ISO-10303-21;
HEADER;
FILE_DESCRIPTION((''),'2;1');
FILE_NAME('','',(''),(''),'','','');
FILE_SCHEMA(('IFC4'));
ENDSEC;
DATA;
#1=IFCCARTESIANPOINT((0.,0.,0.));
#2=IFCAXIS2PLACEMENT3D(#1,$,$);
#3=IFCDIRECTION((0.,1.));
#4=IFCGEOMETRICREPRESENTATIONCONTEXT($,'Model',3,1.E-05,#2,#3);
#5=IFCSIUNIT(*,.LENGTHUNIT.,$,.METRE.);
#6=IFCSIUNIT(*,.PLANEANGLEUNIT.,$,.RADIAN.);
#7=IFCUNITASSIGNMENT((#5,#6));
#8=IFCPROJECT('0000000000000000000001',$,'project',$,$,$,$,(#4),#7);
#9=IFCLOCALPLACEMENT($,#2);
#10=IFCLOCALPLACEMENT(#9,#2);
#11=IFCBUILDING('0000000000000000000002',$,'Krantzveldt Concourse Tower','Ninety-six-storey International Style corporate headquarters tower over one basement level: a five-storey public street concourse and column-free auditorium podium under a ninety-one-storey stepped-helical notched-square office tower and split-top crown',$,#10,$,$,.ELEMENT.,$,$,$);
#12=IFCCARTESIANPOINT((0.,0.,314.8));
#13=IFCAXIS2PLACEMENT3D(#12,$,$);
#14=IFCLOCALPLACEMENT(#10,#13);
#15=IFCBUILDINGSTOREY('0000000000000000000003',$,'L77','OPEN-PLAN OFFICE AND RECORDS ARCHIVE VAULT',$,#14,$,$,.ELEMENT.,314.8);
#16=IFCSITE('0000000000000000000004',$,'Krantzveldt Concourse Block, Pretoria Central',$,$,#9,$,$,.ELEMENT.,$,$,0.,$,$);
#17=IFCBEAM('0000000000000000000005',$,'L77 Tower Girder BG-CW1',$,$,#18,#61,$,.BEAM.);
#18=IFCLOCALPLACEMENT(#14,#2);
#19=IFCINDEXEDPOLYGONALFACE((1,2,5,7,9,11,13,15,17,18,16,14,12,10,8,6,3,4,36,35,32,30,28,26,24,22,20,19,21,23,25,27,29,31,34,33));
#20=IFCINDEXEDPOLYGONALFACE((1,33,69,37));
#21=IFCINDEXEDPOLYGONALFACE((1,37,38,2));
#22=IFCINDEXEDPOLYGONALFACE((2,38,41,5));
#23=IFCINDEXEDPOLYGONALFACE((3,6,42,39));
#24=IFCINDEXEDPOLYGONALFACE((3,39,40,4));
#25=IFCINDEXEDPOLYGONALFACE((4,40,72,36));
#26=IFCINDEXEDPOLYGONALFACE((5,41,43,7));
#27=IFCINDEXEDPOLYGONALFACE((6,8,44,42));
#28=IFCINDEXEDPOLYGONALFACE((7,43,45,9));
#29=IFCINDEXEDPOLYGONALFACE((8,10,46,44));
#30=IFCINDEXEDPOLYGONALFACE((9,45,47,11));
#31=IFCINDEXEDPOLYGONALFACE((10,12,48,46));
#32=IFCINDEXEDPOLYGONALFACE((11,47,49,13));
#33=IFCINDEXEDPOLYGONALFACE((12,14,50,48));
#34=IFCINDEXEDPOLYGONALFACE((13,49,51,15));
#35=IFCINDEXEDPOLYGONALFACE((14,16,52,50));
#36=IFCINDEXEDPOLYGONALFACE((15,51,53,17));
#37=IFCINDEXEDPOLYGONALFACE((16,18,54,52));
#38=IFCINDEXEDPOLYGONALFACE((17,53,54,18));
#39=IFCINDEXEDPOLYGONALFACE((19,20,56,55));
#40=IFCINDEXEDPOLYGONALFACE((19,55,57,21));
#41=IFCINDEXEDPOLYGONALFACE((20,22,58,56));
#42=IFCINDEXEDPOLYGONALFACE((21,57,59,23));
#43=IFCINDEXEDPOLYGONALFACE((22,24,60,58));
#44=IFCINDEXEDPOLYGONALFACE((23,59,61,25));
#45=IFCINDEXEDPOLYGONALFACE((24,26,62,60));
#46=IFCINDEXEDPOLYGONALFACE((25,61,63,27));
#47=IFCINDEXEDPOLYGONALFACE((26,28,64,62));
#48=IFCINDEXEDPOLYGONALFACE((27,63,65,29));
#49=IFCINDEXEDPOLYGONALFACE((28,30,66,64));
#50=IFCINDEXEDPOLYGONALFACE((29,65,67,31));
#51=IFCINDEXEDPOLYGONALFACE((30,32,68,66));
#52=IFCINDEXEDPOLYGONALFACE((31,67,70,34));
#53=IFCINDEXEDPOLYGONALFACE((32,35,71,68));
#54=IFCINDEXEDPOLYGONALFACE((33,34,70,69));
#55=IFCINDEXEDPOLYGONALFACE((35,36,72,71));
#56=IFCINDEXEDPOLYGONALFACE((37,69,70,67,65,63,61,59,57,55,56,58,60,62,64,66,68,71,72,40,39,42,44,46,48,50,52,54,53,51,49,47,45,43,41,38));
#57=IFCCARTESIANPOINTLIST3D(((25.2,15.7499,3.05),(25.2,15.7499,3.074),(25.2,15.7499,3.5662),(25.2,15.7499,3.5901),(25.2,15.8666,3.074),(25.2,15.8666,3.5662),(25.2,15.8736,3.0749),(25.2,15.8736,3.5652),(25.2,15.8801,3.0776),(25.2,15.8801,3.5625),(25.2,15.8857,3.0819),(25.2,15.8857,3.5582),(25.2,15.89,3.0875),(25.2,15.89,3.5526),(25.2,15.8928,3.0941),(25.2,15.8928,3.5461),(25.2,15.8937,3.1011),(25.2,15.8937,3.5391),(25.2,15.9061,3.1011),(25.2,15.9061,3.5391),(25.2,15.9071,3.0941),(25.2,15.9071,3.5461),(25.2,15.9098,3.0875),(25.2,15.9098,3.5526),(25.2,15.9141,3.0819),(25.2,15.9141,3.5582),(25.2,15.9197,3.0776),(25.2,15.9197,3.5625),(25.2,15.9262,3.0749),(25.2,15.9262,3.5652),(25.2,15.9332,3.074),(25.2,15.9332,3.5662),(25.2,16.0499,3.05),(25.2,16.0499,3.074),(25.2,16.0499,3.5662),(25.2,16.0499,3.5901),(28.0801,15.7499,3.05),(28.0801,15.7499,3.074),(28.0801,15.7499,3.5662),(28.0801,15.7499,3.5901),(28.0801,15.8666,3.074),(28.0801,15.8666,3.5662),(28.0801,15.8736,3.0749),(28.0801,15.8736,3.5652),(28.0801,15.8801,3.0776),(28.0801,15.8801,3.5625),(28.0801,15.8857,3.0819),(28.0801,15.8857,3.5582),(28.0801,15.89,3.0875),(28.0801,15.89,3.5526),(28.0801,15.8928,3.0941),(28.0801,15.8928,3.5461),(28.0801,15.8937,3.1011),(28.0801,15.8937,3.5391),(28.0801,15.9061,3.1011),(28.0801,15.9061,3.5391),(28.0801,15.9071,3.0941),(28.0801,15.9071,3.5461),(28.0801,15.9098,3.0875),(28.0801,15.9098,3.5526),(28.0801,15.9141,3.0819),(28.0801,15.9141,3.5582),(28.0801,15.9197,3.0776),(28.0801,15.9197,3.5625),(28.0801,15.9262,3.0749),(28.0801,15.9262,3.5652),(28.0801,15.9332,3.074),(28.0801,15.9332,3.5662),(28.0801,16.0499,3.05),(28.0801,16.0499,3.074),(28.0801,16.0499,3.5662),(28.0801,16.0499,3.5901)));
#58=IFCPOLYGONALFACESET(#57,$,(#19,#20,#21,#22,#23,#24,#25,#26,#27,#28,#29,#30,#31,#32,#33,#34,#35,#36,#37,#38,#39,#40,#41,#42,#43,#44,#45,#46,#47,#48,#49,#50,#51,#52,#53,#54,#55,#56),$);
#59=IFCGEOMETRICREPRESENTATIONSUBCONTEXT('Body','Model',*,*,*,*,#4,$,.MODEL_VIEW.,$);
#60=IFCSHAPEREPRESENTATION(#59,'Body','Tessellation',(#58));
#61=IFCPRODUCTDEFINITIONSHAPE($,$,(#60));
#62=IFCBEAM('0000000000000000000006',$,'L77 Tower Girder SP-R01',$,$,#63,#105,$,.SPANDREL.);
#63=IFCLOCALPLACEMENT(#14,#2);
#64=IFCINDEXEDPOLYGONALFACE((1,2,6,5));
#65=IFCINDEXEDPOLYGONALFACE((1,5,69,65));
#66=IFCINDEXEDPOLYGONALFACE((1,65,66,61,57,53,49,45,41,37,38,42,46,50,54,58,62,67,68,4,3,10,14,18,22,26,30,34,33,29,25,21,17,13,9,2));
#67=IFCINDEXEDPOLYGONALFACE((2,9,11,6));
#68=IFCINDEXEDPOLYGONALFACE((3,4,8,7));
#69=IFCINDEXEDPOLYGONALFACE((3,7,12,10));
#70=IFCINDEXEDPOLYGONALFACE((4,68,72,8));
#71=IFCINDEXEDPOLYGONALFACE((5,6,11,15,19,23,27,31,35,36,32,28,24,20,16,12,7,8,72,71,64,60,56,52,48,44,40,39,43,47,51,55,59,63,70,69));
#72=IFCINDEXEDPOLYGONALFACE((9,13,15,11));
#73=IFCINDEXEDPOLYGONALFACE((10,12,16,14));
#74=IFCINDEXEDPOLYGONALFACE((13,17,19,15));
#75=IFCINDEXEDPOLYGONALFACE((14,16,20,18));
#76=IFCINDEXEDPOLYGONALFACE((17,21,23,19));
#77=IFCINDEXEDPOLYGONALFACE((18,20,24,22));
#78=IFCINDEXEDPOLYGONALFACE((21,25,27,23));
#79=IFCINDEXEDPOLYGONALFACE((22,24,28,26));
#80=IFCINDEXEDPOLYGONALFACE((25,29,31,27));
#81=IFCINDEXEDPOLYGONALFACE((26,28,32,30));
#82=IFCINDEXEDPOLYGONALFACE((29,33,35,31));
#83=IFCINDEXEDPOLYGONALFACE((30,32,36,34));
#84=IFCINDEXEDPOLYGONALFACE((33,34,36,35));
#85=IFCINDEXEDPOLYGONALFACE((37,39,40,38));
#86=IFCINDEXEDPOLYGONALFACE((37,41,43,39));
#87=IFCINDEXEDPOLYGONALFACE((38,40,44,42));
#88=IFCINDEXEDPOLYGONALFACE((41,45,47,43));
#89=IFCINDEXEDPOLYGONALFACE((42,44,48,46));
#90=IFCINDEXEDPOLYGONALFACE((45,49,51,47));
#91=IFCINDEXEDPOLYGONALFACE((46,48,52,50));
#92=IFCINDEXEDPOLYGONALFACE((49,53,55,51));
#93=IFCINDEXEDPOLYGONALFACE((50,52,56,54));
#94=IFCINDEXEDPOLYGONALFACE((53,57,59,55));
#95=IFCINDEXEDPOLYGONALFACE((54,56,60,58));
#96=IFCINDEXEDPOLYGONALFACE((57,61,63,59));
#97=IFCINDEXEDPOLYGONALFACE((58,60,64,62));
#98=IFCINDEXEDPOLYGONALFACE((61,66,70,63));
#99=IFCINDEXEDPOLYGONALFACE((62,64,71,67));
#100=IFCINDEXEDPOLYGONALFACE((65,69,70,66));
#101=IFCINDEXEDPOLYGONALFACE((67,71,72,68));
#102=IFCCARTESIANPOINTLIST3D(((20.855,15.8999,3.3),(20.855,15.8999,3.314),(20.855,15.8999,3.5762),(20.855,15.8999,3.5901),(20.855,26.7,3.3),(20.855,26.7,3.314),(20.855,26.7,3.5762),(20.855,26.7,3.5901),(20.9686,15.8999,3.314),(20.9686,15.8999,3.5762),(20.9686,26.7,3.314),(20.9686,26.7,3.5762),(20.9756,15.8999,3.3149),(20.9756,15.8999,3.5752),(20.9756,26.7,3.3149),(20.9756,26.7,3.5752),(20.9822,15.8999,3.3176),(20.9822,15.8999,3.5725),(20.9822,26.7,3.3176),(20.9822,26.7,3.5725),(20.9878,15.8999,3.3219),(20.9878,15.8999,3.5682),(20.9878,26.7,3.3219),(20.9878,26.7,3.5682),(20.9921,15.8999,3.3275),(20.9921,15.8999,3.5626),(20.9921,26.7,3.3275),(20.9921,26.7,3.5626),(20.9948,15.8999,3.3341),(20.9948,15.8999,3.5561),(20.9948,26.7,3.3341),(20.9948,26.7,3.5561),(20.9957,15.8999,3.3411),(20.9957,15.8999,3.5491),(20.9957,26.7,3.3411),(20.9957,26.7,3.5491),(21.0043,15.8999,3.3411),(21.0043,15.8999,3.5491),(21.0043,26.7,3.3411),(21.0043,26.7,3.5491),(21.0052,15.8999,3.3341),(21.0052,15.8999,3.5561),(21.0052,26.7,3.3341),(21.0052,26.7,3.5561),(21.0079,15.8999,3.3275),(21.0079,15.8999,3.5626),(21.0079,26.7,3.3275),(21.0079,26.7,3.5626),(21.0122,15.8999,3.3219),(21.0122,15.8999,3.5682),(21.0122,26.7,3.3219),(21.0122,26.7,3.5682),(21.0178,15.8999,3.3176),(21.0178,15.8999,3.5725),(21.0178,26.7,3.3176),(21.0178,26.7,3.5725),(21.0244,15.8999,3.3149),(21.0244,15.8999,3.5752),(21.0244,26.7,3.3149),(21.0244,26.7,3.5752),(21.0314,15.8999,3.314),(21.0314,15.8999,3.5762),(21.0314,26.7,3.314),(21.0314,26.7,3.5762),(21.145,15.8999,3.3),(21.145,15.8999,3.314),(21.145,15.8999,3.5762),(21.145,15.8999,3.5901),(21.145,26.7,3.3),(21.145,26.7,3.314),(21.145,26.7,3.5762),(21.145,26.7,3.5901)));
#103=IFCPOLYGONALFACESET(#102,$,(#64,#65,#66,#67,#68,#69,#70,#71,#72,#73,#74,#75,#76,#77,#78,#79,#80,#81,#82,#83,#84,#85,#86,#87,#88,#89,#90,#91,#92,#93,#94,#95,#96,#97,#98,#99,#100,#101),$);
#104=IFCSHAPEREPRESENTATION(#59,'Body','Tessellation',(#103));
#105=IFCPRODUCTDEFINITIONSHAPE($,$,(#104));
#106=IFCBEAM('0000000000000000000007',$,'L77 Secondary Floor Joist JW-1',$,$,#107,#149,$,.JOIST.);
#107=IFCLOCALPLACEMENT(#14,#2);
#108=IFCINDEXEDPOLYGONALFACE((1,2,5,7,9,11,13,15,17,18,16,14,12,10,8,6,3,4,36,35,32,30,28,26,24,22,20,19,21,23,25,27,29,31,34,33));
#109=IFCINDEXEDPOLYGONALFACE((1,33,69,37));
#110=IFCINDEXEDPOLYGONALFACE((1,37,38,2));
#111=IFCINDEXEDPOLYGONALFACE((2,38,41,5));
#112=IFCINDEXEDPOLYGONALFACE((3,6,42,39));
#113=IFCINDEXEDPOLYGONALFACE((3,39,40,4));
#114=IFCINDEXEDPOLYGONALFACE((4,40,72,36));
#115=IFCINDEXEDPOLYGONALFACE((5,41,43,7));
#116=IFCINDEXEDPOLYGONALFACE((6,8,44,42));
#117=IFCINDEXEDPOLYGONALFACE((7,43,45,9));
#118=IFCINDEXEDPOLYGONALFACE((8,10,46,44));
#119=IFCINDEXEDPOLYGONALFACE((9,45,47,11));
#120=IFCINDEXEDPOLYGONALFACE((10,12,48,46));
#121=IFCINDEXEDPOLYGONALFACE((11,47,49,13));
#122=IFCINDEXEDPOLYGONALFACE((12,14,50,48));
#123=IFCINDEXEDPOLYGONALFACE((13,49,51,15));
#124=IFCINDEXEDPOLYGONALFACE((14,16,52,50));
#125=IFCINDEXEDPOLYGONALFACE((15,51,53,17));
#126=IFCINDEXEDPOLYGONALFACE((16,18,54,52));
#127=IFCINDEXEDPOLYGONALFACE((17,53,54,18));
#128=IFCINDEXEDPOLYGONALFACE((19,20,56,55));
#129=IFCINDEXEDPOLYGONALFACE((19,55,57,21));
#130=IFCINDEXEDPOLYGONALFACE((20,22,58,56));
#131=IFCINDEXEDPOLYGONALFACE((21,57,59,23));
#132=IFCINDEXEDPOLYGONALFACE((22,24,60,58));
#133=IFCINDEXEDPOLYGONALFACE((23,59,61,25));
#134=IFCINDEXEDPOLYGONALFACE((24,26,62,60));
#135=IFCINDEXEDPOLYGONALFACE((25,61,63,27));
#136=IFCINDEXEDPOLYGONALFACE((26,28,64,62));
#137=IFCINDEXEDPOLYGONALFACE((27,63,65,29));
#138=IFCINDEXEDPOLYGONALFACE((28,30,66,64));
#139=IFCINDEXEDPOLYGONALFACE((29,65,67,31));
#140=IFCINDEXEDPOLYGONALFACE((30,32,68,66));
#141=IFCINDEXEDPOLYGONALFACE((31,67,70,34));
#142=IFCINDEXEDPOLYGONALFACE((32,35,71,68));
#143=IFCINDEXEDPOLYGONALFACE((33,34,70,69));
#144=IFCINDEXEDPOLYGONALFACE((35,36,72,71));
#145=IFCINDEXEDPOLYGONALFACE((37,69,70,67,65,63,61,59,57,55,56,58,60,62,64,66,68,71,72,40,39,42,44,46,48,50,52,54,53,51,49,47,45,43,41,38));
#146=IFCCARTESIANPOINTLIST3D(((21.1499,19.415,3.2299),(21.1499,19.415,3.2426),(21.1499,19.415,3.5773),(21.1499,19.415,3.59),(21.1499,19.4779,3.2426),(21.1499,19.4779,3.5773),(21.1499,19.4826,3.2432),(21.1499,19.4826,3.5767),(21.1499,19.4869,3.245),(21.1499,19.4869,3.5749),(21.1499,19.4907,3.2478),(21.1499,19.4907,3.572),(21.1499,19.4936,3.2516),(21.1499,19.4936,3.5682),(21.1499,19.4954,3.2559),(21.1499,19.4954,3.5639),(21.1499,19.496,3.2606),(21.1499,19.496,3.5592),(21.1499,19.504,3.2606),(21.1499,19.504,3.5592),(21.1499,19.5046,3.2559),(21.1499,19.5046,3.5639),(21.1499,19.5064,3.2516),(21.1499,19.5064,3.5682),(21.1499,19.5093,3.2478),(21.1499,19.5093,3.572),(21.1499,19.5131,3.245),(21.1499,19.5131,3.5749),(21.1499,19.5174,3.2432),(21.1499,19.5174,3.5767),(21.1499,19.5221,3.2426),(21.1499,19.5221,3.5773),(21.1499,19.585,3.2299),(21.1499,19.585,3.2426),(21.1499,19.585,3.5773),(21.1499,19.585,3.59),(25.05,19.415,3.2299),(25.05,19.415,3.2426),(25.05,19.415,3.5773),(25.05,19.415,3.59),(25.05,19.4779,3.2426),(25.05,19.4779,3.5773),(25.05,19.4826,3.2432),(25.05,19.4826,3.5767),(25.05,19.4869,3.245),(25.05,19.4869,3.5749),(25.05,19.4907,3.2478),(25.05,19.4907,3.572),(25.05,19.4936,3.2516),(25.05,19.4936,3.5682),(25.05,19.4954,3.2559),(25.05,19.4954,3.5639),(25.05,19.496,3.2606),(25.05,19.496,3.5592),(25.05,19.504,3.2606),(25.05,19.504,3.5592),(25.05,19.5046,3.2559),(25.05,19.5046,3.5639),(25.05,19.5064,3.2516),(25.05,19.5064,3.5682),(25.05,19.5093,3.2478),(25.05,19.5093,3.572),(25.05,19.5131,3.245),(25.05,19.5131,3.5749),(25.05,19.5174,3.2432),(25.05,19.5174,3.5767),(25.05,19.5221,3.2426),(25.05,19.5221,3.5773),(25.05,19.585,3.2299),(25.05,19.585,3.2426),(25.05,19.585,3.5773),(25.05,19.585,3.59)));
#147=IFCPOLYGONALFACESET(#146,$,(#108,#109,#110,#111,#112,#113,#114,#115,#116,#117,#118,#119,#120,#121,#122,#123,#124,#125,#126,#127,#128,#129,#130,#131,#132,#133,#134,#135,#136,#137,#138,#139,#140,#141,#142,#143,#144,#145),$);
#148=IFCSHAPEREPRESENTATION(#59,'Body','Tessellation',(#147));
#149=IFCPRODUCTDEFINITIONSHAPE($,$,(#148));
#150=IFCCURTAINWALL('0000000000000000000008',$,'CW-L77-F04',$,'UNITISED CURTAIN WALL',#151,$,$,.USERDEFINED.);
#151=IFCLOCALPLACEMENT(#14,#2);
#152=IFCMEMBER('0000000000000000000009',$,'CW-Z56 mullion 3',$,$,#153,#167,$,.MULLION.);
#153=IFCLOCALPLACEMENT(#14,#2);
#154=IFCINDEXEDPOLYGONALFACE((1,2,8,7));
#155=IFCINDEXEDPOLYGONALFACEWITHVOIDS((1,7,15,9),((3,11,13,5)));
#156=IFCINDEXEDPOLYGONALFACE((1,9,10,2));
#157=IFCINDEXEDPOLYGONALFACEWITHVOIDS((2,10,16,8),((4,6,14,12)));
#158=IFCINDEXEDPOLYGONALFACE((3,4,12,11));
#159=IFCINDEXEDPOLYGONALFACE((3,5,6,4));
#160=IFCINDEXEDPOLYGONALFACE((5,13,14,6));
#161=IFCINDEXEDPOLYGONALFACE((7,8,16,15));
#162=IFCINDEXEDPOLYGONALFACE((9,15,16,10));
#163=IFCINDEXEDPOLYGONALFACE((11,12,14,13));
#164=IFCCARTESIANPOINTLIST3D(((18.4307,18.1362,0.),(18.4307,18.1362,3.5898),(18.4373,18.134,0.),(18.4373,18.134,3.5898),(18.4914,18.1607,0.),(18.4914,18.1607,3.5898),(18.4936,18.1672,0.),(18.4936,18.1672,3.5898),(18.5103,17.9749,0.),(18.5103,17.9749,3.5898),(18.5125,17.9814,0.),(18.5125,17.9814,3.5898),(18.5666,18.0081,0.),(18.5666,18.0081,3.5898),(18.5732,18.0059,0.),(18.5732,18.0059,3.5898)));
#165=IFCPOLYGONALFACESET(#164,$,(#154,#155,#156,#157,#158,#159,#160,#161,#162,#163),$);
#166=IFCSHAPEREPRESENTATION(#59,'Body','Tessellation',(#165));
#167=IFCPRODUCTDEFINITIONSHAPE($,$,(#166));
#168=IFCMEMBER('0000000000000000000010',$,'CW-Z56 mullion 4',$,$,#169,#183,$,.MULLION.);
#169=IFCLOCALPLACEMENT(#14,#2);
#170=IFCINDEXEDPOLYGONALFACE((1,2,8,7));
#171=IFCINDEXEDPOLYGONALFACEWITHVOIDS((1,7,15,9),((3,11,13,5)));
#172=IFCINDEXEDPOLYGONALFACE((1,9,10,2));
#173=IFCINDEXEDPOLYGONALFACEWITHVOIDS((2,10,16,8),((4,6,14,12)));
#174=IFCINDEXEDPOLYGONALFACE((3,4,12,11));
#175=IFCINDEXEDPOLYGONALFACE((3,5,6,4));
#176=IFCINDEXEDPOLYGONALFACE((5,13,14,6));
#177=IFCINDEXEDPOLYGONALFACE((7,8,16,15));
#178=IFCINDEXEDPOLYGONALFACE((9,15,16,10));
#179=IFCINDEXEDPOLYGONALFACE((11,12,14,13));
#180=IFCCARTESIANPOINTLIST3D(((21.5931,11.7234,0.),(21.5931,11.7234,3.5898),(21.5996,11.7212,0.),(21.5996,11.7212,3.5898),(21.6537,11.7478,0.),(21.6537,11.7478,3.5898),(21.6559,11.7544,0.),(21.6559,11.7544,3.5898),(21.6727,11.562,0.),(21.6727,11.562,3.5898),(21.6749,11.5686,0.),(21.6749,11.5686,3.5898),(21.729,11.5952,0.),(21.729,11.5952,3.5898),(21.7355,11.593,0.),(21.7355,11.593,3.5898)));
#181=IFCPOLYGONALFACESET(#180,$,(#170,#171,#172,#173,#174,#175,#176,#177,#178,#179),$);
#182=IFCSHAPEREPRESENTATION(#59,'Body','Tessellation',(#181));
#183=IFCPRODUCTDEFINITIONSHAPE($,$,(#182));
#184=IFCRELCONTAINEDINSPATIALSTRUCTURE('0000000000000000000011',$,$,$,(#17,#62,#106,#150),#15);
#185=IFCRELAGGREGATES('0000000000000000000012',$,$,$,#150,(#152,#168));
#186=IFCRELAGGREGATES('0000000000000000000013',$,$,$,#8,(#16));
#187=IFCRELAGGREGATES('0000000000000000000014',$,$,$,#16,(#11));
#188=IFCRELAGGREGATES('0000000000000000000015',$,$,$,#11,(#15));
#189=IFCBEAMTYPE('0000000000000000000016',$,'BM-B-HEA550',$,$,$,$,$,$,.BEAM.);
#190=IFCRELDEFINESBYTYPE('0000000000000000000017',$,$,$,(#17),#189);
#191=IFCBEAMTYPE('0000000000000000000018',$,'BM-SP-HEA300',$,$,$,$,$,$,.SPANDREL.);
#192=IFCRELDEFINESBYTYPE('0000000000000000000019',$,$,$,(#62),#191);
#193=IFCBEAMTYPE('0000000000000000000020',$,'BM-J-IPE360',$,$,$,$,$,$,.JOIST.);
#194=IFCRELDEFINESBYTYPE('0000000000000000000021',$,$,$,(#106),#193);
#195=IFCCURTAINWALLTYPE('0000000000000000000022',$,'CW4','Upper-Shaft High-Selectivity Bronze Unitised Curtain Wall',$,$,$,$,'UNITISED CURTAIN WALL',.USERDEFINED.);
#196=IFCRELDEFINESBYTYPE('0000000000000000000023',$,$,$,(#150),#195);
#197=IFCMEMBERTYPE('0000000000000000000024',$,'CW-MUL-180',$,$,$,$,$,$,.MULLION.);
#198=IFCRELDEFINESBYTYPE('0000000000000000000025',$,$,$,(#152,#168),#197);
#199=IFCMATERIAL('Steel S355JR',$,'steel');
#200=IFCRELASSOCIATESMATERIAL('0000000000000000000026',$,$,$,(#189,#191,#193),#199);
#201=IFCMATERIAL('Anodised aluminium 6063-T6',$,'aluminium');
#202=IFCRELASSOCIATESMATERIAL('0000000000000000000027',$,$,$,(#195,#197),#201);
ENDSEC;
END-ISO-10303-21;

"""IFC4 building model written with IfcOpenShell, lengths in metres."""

from ifc_helpers import new_model, si_unit, direction, frame, origin, origin_2d, place, context, subcontext, project, spatial, hollow_rectangle, i_section, extrude, source, transform, mapped, material, material_profile, profile_set, type_object, type_shapes, element, aggregate, save


model = new_model("IFC4")

# Units and contexts
model_context = context("Model", 3, precision=1e-05, world=origin(), true_north=direction((0.0, 1.0)))
body_context = subcontext(model_context, "Body", "Model", "MODEL_VIEW")
ifc_project = project(units=[si_unit("LENGTHUNIT", "METRE"), si_unit("PLANEANGLEUNIT", "RADIAN")], contexts=[model_context])

# Site, building, storey
site_placement = place(None, origin())
site = spatial("IfcSite", under=ifc_project, at=site_placement, Name="Krantzveldt Concourse Block, Pretoria Central", CompositionType="ELEMENT", RefElevation=0.0)
building_placement = place(site_placement, origin())
building = spatial("IfcBuilding", under=site, at=building_placement, Name="Krantzveldt Concourse Tower", Description="Ninety-six-storey International Style corporate headquarters tower over one basement level: a five-storey public street concourse and column-free auditorium podium under a ninety-one-storey stepped-helical notched-square office tower and split-top crown", CompositionType="ELEMENT")
storey_placement = place(building_placement, frame((0.0, 0.0, 314.8)))
storey = spatial("IfcBuildingStorey", under=building, at=storey_placement, Name="L77", Description="OPEN-PLAN OFFICE AND RECORDS ARCHIVE VAULT", CompositionType="ELEMENT", Elevation=314.8)

# Beams
ifc_material_1 = material(Name="Steel S355JR", Category="steel")
ifc_material_profile_1 = material_profile(ifc_material_1, i_section(OverallWidth=0.3, OverallDepth=0.54, WebThickness=0.0125, FlangeThickness=0.0239, FilletRadius=0.0271, at=origin_2d()), Name="Steel S355JR", Category="steel")
ifc_profile_set_1 = profile_set([ifc_material_profile_1], Name="Steel S355JR - HEA 550")
beam_type_1 = type_object("IfcBeamType", Name="BM-B-HEA550", PredefinedType="BEAM", material=ifc_profile_set_1)
shared_shape_1 = source(origin(), body_context, "Body", "SweptSolid", [
    extrude(i_section(OverallWidth=0.3, OverallDepth=0.54, WebThickness=0.0125, FlangeThickness=0.0239, FilletRadius=0.0271, at=origin_2d()), origin(), (0.0, 0.0, 1.0), 2.8801),
])
beam_1_placement = place(storey_placement, frame((25.2, 15.8999, 3.3201), z_axis=(1.0, 0.0, 0.0), x_axis=(0.0, 1.0, 0.0)))
element("IfcBeam", 1, at=beam_1_placement, inside=storey, type_object=beam_type_1, Name="L77 Tower Girder BG-CW1", PredefinedType="BEAM", context=body_context, shape_type="MappedRepresentation", body=[
    mapped(shared_shape_1, transform((0.0, 0.0, 0.0), x_axis=(1.0, 0.0, 0.0), y_axis=(0.0, 1.0, 0.0), z_axis=(0.0, 0.0, 1.0), scale=1.0)),
])
ifc_material_profile_2 = material_profile(ifc_material_1, i_section(OverallWidth=0.29, OverallDepth=0.29, WebThickness=0.0085, FlangeThickness=0.0139, FilletRadius=0.0271, at=origin_2d()), Name="Steel S355JR", Category="steel")
ifc_profile_set_2 = profile_set([ifc_material_profile_2], Name="Steel S355JR - HEA 300")
beam_type_2 = type_object("IfcBeamType", Name="BM-SP-HEA300", PredefinedType="SPANDREL", material=ifc_profile_set_2)
shared_shape_2 = source(origin(), body_context, "Body", "SweptSolid", [
    extrude(i_section(OverallWidth=0.29, OverallDepth=0.29, WebThickness=0.0085, FlangeThickness=0.0139, FilletRadius=0.0271, at=origin_2d()), origin(), (0.0, 0.0, 1.0), 10.8),
])
type_shapes(beam_type_2, [shared_shape_2])
beam_2_placement = place(storey_placement, frame((21.0, 15.8999, 3.4451), z_axis=(0.0, 1.0, 0.0), x_axis=(-1.0, 0.0, 0.0)))
element("IfcBeam", 2, at=beam_2_placement, inside=storey, type_object=beam_type_2, Name="L77 Tower Girder SP-R01", PredefinedType="SPANDREL", context=body_context, shape_type="MappedRepresentation", body=[
    mapped(shared_shape_2, transform((0.0, 0.0, 0.0), x_axis=(1.0, 0.0, 0.0), y_axis=(0.0, 1.0, 0.0), z_axis=(0.0, 0.0, 1.0), scale=1.0)),
])
ifc_material_profile_3 = material_profile(ifc_material_1, i_section(OverallWidth=0.1699, OverallDepth=0.3601, WebThickness=0.0081, FlangeThickness=0.0127, FilletRadius=0.0181, at=origin_2d()), Name="Steel S355JR", Category="steel")
ifc_profile_set_3 = profile_set([ifc_material_profile_3], Name="Steel S355JR - IPE 360")
beam_type_3 = type_object("IfcBeamType", Name="BM-J-IPE360", PredefinedType="JOIST", material=ifc_profile_set_3)
shared_shape_3 = source(origin(), body_context, "Body", "SweptSolid", [
    extrude(i_section(OverallWidth=0.1699, OverallDepth=0.3601, WebThickness=0.0081, FlangeThickness=0.0127, FilletRadius=0.0181, at=origin_2d()), origin(), (0.0, 0.0, 1.0), 3.9001),
])
type_shapes(beam_type_3, [shared_shape_3])
beam_3_placement = place(storey_placement, frame((21.1499, 19.5, 3.4099), z_axis=(1.0, 0.0, 0.0), x_axis=(0.0, 1.0, 0.0)))
element("IfcBeam", 3, at=beam_3_placement, inside=storey, type_object=beam_type_3, Name="L77 Secondary Floor Joist JW-1", PredefinedType="JOIST", context=body_context, shape_type="MappedRepresentation", body=[
    mapped(shared_shape_3, transform((0.0, 0.0, 0.0), x_axis=(1.0, 0.0, 0.0), y_axis=(0.0, 1.0, 0.0), z_axis=(0.0, 0.0, 1.0), scale=1.0)),
])

# Curtain wall, members
ifc_material_2 = material(Name="Anodised aluminium 6063-T6", Category="aluminium")
curtain_wall_type = type_object("IfcCurtainWallType", Name="CW4", Description="Upper-Shaft High-Selectivity Bronze Unitised Curtain Wall", ElementType="UNITISED CURTAIN WALL", PredefinedType="USERDEFINED", material=ifc_material_2)
curtain_wall_placement = place(storey_placement, origin())
curtain_wall = element("IfcCurtainWall", 4, at=curtain_wall_placement, inside=storey, type_object=curtain_wall_type, Name="CW-L77-F04", ObjectType="UNITISED CURTAIN WALL", PredefinedType="USERDEFINED")
ifc_material_profile_4 = material_profile(ifc_material_2, hollow_rectangle(XDim=0.0701, YDim=0.1799, WallThickness=0.0049, at=origin_2d()), Name="Anodised aluminium 6063-T6", Category="aluminium")
ifc_profile_set_4 = profile_set([ifc_material_profile_4], Name="Anodised aluminium 6063-T6 - ALU-MULL 180x70x5")
member_type_1 = type_object("IfcMemberType", Name="CW-MUL-180", PredefinedType="MULLION", material=ifc_profile_set_4)
shared_shape_4 = source(origin(), body_context, "Body", "SweptSolid", [
    extrude(hollow_rectangle(XDim=0.0701, YDim=0.1799, WallThickness=0.0049, at=origin_2d()), origin(), (0.0, 0.0, 1.0), 3.5898),
])
type_shapes(member_type_1, [shared_shape_4])
member_1_placement = place(storey_placement, frame((18.502, 18.071, 0.0), z_axis=(0.0, 0.0, 1.0), x_axis=(0.896873, 0.442289, 0.0)))
member_1 = element("IfcMember", 5, at=member_1_placement, type_object=member_type_1, Name="CW-Z56 mullion 3", PredefinedType="MULLION", context=body_context, shape_type="MappedRepresentation", body=[
    mapped(shared_shape_4, transform((0.0, 0.0, 0.0), x_axis=(1.0, 0.0, 0.0), y_axis=(0.0, 1.0, 0.0), z_axis=(0.0, 0.0, 1.0), scale=1.0)),
])
member_2_placement = place(storey_placement, frame((21.6643, 11.6582, 0.0), z_axis=(0.0, 0.0, 1.0), x_axis=(0.896873, 0.442289, 0.0)))
member_2 = element("IfcMember", 6, at=member_2_placement, type_object=member_type_1, Name="CW-Z56 mullion 4", PredefinedType="MULLION", context=body_context, shape_type="MappedRepresentation", body=[
    mapped(shared_shape_4, transform((0.0, 0.0, 0.0), x_axis=(1.0, 0.0, 0.0), y_axis=(0.0, 1.0, 0.0), z_axis=(0.0, 0.0, 1.0), scale=1.0)),
])

aggregate(curtain_wall, [member_1, member_2])

save(model, "model.ifc")
